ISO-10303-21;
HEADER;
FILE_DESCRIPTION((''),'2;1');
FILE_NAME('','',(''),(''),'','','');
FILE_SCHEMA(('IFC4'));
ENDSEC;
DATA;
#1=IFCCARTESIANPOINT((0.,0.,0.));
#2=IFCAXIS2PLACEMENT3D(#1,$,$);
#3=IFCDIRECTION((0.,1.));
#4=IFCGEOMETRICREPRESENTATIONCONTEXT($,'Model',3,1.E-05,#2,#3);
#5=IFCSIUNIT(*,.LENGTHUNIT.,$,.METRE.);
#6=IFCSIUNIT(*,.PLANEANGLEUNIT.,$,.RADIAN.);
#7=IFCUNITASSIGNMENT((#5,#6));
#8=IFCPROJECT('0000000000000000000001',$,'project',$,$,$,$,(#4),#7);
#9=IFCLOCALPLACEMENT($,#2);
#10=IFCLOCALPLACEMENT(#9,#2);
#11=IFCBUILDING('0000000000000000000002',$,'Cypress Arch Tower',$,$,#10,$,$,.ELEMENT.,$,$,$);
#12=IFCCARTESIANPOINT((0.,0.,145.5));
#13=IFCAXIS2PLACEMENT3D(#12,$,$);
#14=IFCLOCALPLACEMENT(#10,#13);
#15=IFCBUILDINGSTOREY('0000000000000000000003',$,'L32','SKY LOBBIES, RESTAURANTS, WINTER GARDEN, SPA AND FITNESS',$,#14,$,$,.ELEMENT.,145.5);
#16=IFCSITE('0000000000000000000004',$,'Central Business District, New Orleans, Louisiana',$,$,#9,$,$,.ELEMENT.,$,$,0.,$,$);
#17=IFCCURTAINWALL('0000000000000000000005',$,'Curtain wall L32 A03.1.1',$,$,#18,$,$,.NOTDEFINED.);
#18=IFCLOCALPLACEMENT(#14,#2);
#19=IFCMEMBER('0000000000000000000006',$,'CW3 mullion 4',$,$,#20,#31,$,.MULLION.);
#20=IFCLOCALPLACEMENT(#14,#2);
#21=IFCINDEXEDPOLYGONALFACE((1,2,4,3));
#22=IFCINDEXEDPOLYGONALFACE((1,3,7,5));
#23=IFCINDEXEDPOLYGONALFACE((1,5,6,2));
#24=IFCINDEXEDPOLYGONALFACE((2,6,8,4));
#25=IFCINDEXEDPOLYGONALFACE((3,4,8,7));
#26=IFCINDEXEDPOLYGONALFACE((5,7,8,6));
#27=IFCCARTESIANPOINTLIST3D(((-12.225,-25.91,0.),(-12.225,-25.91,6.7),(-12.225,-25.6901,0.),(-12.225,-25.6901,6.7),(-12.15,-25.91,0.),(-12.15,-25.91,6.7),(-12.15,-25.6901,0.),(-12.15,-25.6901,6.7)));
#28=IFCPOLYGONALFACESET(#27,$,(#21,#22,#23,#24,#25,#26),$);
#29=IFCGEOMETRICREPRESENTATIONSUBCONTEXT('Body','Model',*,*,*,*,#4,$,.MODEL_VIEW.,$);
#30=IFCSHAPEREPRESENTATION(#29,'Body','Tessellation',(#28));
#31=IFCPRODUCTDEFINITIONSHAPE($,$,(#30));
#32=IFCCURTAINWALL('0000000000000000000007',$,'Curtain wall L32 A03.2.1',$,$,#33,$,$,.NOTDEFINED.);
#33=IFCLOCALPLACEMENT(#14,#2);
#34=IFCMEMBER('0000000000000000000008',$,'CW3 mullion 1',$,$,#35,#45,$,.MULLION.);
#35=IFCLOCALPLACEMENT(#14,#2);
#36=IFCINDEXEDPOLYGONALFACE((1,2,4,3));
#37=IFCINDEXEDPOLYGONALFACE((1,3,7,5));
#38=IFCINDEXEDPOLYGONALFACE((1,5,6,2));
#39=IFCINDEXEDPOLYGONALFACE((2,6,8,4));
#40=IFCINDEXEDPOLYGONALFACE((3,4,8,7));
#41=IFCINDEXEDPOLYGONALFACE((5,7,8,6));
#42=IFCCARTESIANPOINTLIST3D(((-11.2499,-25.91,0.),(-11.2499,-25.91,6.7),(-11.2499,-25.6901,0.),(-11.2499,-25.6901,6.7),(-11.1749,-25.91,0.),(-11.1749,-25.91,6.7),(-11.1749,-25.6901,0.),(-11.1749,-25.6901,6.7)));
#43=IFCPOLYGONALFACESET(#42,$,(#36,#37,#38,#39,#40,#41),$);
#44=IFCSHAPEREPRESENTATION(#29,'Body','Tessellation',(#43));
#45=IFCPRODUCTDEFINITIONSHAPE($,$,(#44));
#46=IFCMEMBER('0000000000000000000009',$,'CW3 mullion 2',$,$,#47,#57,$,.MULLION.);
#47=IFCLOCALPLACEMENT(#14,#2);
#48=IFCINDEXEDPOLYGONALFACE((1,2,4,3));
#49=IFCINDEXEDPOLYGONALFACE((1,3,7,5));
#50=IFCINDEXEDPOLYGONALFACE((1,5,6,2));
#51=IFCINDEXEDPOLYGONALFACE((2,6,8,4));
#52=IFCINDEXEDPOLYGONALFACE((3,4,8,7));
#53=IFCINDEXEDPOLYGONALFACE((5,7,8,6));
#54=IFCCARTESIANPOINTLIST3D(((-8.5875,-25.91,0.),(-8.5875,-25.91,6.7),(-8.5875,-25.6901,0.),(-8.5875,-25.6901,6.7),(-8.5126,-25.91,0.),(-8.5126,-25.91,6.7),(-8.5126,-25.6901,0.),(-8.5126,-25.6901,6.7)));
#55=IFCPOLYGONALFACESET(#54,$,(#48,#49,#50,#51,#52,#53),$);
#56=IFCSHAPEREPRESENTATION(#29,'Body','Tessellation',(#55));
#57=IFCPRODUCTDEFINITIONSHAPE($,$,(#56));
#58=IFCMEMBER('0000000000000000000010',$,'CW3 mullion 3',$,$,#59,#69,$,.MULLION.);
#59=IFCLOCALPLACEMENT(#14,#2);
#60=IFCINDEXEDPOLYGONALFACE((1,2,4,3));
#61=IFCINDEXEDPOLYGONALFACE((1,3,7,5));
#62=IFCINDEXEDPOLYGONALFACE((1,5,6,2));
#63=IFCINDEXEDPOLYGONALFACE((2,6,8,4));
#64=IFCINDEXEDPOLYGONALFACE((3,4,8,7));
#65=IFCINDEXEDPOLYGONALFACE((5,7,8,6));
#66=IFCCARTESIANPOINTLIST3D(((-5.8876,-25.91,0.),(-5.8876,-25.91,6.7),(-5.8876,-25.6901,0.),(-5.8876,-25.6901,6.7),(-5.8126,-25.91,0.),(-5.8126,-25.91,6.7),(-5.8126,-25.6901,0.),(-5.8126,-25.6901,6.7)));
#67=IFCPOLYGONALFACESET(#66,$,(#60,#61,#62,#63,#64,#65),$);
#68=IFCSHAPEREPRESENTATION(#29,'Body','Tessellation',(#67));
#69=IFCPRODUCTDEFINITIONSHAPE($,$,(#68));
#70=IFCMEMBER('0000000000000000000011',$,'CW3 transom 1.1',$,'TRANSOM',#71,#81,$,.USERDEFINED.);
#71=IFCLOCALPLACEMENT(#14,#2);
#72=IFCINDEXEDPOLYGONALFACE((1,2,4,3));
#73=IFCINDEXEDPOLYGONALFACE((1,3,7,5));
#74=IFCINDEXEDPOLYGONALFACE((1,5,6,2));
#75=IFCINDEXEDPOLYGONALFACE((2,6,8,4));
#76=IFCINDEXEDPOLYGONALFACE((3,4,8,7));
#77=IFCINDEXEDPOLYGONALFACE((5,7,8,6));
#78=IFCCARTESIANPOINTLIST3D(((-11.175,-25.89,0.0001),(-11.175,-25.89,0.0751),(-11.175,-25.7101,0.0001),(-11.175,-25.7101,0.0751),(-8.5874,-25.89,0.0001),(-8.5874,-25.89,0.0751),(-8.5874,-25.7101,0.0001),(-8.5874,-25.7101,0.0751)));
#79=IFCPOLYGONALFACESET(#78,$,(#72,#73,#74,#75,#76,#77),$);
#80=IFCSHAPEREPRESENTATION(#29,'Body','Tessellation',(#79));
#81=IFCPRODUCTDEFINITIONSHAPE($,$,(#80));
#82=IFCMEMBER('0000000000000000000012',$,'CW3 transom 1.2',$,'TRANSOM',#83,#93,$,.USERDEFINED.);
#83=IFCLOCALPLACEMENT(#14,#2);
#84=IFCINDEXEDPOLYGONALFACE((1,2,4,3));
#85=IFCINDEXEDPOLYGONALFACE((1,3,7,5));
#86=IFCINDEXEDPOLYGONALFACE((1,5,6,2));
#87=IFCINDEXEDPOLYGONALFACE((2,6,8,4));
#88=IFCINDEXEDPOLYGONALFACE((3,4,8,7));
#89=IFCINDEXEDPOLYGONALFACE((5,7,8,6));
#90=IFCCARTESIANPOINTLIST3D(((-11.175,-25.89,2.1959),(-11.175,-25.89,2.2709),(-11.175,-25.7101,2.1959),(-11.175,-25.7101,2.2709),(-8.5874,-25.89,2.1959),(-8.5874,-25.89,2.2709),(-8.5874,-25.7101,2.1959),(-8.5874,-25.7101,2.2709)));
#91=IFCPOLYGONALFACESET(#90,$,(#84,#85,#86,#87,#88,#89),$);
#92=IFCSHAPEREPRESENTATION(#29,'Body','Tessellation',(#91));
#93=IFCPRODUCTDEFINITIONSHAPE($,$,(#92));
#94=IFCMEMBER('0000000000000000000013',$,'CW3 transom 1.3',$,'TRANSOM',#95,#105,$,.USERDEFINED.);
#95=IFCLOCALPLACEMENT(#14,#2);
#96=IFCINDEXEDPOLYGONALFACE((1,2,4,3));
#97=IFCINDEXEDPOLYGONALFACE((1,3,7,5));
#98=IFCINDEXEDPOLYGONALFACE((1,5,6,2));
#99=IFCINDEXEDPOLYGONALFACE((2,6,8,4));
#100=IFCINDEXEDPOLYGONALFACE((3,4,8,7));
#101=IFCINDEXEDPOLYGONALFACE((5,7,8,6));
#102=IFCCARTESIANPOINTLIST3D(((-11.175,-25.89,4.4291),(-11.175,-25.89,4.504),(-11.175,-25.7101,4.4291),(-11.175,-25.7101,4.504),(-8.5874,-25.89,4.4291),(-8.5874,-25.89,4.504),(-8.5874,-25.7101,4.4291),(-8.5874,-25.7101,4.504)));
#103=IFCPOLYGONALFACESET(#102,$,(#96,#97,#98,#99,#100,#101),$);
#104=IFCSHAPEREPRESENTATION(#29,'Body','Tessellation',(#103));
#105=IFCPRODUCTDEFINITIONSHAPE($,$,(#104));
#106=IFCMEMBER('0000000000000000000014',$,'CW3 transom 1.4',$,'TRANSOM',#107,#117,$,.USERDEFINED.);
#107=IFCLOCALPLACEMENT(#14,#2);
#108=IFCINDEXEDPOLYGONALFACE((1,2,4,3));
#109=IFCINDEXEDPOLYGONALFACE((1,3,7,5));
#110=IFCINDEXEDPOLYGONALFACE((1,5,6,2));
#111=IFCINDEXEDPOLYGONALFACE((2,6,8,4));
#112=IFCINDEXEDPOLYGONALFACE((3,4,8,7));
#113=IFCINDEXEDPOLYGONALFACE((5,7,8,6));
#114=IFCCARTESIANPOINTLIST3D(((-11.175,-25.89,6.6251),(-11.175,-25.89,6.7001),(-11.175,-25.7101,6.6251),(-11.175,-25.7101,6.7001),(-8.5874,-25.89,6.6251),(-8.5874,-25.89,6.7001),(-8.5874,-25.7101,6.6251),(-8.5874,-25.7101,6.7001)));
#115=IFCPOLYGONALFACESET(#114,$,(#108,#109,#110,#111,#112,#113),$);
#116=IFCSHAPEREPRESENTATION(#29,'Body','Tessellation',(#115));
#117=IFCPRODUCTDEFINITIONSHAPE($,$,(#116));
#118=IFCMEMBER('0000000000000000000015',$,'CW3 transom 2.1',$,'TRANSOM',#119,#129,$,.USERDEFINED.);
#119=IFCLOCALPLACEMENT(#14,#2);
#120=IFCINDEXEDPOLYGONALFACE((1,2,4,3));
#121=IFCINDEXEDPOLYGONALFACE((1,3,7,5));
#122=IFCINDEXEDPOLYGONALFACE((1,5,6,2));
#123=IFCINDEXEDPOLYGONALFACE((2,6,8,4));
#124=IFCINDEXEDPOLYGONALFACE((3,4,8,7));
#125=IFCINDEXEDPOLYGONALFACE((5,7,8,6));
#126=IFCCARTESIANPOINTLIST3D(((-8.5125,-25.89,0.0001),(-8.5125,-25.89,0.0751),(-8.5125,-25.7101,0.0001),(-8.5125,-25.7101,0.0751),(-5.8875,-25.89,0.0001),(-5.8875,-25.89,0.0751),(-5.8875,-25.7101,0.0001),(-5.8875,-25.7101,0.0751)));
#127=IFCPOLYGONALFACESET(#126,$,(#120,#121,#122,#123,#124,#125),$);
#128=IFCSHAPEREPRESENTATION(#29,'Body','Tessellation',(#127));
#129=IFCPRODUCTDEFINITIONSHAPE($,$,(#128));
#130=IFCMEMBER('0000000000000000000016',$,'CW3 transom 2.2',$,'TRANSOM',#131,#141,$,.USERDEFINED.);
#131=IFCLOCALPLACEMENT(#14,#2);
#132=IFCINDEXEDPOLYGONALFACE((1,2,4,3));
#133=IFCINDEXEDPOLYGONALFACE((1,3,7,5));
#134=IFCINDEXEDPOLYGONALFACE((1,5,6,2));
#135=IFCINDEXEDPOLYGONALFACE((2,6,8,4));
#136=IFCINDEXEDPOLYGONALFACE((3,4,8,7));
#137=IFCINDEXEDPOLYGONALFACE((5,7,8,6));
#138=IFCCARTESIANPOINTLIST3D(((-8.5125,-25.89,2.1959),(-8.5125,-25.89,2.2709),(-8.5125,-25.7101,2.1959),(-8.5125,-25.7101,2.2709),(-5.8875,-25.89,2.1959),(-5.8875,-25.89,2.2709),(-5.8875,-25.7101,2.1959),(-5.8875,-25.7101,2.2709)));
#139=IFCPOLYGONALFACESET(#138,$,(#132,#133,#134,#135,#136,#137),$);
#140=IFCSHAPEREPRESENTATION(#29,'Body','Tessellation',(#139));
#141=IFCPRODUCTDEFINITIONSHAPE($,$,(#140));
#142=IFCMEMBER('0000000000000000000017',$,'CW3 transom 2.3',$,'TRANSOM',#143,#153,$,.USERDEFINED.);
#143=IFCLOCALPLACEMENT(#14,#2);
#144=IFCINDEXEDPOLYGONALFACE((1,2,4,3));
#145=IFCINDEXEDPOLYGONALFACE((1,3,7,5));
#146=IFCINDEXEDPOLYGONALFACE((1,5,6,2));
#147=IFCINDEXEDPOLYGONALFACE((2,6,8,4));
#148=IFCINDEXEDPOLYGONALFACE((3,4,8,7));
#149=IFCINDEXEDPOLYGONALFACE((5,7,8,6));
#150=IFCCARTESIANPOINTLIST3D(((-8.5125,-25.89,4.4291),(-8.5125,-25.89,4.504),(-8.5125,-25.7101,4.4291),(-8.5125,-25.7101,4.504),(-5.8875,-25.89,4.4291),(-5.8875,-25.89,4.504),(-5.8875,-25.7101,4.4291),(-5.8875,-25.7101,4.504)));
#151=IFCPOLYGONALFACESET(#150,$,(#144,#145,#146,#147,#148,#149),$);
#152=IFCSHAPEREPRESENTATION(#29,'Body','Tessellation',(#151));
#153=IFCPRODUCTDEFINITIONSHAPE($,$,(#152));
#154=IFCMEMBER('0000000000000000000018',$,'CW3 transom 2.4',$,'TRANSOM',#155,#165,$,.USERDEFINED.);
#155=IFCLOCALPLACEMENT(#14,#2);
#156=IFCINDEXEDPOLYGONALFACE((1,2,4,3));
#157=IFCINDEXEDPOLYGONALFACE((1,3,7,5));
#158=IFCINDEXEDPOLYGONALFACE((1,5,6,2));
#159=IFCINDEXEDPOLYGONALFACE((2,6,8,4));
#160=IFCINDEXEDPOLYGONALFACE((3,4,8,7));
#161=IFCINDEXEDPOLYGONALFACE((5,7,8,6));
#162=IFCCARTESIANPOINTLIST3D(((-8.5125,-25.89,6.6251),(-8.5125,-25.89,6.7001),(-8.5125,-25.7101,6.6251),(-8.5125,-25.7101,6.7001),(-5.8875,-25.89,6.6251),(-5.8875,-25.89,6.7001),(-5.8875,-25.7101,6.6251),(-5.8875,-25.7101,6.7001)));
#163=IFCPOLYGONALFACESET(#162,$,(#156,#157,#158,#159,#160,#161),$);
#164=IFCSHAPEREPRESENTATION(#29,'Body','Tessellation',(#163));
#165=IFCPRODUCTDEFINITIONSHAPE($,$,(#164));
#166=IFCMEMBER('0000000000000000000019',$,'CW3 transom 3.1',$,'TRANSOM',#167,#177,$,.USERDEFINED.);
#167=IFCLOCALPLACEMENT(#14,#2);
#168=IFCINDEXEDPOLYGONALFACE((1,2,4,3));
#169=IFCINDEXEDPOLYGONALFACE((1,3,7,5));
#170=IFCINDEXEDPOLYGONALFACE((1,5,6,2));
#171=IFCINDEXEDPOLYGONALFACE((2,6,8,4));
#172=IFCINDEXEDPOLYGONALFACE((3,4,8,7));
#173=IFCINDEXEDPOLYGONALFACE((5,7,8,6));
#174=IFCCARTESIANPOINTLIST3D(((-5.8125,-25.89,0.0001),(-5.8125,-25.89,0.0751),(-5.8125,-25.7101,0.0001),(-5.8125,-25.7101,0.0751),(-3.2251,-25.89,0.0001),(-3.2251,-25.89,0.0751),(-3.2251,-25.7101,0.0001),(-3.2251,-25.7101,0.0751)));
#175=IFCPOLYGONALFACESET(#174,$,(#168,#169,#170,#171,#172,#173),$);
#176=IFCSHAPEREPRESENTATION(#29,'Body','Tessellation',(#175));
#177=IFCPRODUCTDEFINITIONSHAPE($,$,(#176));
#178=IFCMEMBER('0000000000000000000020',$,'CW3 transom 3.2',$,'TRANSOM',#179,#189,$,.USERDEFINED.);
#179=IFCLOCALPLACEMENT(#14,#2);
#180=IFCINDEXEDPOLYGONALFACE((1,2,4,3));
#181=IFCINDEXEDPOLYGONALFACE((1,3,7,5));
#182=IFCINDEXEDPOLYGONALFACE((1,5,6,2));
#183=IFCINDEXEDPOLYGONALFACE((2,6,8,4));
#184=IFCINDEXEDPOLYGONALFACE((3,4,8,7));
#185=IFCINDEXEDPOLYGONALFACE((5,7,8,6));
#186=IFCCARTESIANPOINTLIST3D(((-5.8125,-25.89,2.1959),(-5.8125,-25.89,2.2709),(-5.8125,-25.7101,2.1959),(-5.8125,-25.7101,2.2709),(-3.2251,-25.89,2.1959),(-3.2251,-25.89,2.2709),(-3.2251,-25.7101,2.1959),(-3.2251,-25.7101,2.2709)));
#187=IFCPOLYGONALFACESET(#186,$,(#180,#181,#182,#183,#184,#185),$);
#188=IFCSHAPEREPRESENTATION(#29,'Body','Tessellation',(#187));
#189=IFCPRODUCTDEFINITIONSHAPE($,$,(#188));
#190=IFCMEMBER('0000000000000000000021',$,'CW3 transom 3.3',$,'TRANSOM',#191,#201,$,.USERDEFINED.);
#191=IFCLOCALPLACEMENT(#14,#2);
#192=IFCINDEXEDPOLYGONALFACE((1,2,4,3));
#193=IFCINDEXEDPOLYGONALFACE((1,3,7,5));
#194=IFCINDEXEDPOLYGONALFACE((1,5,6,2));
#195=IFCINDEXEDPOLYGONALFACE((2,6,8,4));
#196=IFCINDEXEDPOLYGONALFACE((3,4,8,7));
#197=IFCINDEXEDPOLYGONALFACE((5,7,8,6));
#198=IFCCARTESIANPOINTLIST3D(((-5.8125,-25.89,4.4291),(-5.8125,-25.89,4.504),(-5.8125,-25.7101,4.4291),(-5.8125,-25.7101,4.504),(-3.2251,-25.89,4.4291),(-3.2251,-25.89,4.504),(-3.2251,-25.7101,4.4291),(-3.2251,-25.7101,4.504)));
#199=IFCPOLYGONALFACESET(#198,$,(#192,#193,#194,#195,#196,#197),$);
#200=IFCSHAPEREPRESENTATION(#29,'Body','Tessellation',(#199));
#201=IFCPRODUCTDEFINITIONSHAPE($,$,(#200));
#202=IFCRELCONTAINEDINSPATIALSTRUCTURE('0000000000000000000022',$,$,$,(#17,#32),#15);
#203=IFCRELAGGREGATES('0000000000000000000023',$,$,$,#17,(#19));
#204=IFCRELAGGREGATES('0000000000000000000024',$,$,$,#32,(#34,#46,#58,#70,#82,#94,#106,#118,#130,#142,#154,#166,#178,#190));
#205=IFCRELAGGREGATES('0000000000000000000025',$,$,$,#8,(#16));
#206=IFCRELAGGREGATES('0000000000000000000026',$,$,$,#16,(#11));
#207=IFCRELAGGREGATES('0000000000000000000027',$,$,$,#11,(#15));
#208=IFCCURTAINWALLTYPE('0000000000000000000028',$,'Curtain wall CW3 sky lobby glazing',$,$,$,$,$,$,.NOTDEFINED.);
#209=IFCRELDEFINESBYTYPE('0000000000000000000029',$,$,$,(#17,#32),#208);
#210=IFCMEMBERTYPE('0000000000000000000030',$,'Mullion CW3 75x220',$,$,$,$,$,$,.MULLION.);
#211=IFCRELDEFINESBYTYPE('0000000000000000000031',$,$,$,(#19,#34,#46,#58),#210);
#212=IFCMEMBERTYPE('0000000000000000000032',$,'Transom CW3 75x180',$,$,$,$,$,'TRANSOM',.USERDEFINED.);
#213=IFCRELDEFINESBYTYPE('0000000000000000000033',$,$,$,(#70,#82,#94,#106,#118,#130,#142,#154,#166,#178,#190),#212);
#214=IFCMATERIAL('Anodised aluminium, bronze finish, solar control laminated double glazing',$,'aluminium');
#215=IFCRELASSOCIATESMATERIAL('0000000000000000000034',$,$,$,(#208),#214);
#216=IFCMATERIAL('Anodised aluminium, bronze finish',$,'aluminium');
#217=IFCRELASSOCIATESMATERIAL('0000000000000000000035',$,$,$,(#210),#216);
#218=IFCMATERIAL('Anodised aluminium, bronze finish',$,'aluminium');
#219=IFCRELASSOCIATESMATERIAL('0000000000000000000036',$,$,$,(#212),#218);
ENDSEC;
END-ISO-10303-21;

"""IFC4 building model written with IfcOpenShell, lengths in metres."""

from ifc_helpers import new_model, si_unit, direction, frame, origin, origin_2d, place, context, subcontext, project, spatial, rectangle, extrude, material, material_profile, profile_set, type_object, element, aggregate, save


model = new_model("IFC4")

# Units and contexts
model_context = context("Model", 3, precision=1e-05, world=origin(), true_north=direction((0.0, 1.0)))
body_context = subcontext(model_context, "Body", "Model", "MODEL_VIEW")
ifc_project = project(units=[si_unit("LENGTHUNIT", "METRE"), si_unit("PLANEANGLEUNIT", "RADIAN")], contexts=[model_context])

# Site, building, storey
site_placement = place(None, origin())
site = spatial("IfcSite", under=ifc_project, at=site_placement, Name="Central Business District, New Orleans, Louisiana", CompositionType="ELEMENT", RefElevation=0.0)
building_placement = place(site_placement, origin())
building = spatial("IfcBuilding", under=site, at=building_placement, Name="Cypress Arch Tower", CompositionType="ELEMENT")
storey_placement = place(building_placement, frame((0.0, 0.0, 145.5)))
storey = spatial("IfcBuildingStorey", under=building, at=storey_placement, Name="L32", Description="SKY LOBBIES, RESTAURANTS, WINTER GARDEN, SPA AND FITNESS", CompositionType="ELEMENT", Elevation=145.5)

# Curtain wall, member
ifc_material_1 = material(Name="Anodised aluminium, bronze finish, solar control laminated double glazing", Category="aluminium")
curtain_wall_type = type_object("IfcCurtainWallType", Name="Curtain wall CW3 sky lobby glazing", PredefinedType="NOTDEFINED", material=ifc_material_1)
curtain_wall_1_placement = place(storey_placement, origin())
curtain_wall_1 = element("IfcCurtainWall", 1, at=curtain_wall_1_placement, inside=storey, type_object=curtain_wall_type, Name="Curtain wall L32 A03.1.1", PredefinedType="NOTDEFINED")
ifc_material_2 = material(Name="Anodised aluminium, bronze finish", Category="aluminium")
ifc_material_profile_1 = material_profile(ifc_material_2, rectangle(XDim=0.22, YDim=0.075, at=origin_2d()), Name="Mullion 75x220")
ifc_profile_set_1 = profile_set([ifc_material_profile_1], Name="Anodised aluminium, bronze finish")
member_type_1 = type_object("IfcMemberType", Name="Mullion CW3 75x220", PredefinedType="MULLION", material=ifc_profile_set_1)
member_1_placement = place(storey_placement, frame((-12.1875, -25.8, 0.0), z_axis=(0.0, 0.0, 1.0), x_axis=(0.0, 1.0, 0.0)))
member_1 = element("IfcMember", 2, at=member_1_placement, type_object=member_type_1, Name="CW3 mullion 4", PredefinedType="MULLION", context=body_context, shape_type="SweptSolid", body=[
    extrude(rectangle(XDim=0.22, YDim=0.075, at=origin_2d()), origin(), (0.0, 0.0, 1.0), 6.7),
])
aggregate(curtain_wall_1, [member_1])

# Curtain wall, members
curtain_wall_2_placement = place(storey_placement, origin())
curtain_wall_2 = element("IfcCurtainWall", 3, at=curtain_wall_2_placement, inside=storey, type_object=curtain_wall_type, Name="Curtain wall L32 A03.2.1", PredefinedType="NOTDEFINED")
member_2_placement = place(storey_placement, frame((-11.2124, -25.8, 0.0), z_axis=(0.0, 0.0, 1.0), x_axis=(0.0, 1.0, 0.0)))
member_2 = element("IfcMember", 4, at=member_2_placement, type_object=member_type_1, Name="CW3 mullion 1", PredefinedType="MULLION", context=body_context, shape_type="SweptSolid", body=[
    extrude(rectangle(XDim=0.22, YDim=0.075, at=origin_2d()), origin(), (0.0, 0.0, 1.0), 6.7),
])
member_3_placement = place(storey_placement, frame((-8.55, -25.8, 0.0), z_axis=(0.0, 0.0, 1.0), x_axis=(0.0, 1.0, 0.0)))
member_3 = element("IfcMember", 5, at=member_3_placement, type_object=member_type_1, Name="CW3 mullion 2", PredefinedType="MULLION", context=body_context, shape_type="SweptSolid", body=[
    extrude(rectangle(XDim=0.22, YDim=0.075, at=origin_2d()), origin(), (0.0, 0.0, 1.0), 6.7),
])
member_4_placement = place(storey_placement, frame((-5.8501, -25.8, 0.0), z_axis=(0.0, 0.0, 1.0), x_axis=(0.0, 1.0, 0.0)))
member_4 = element("IfcMember", 6, at=member_4_placement, type_object=member_type_1, Name="CW3 mullion 3", PredefinedType="MULLION", context=body_context, shape_type="SweptSolid", body=[
    extrude(rectangle(XDim=0.22, YDim=0.075, at=origin_2d()), origin(), (0.0, 0.0, 1.0), 6.7),
])
ifc_material_3 = material(Name="Anodised aluminium, bronze finish", Category="aluminium")
ifc_material_profile_2 = material_profile(ifc_material_3, rectangle(XDim=0.1799, YDim=0.075, at=origin_2d()), Name="Transom 75x180")
ifc_profile_set_2 = profile_set([ifc_material_profile_2], Name="Anodised aluminium, bronze finish")
member_type_2 = type_object("IfcMemberType", Name="Transom CW3 75x180", ElementType="TRANSOM", PredefinedType="USERDEFINED", material=ifc_profile_set_2)
member_5_placement = place(storey_placement, frame((-11.175, -25.8, 0.0376), z_axis=(1.0, 0.0, 0.0), x_axis=(0.0, 1.0, 0.0)))
member_5 = element("IfcMember", 7, at=member_5_placement, type_object=member_type_2, Name="CW3 transom 1.1", ObjectType="TRANSOM", PredefinedType="USERDEFINED", context=body_context, shape_type="SweptSolid", body=[
    extrude(rectangle(XDim=0.1799, YDim=0.075, at=origin_2d()), origin(), (0.0, 0.0, 1.0), 2.5876),
])
member_6_placement = place(storey_placement, frame((-11.175, -25.8, 2.2334), z_axis=(1.0, 0.0, 0.0), x_axis=(0.0, 1.0, 0.0)))
member_6 = element("IfcMember", 8, at=member_6_placement, type_object=member_type_2, Name="CW3 transom 1.2", ObjectType="TRANSOM", PredefinedType="USERDEFINED", context=body_context, shape_type="SweptSolid", body=[
    extrude(rectangle(XDim=0.1799, YDim=0.075, at=origin_2d()), origin(), (0.0, 0.0, 1.0), 2.5876),
])
member_7_placement = place(storey_placement, frame((-11.175, -25.8, 4.4666), z_axis=(1.0, 0.0, 0.0), x_axis=(0.0, 1.0, 0.0)))
member_7 = element("IfcMember", 9, at=member_7_placement, type_object=member_type_2, Name="CW3 transom 1.3", ObjectType="TRANSOM", PredefinedType="USERDEFINED", context=body_context, shape_type="SweptSolid", body=[
    extrude(rectangle(XDim=0.1799, YDim=0.075, at=origin_2d()), origin(), (0.0, 0.0, 1.0), 2.5876),
])
member_8_placement = place(storey_placement, frame((-11.175, -25.8, 6.6626), z_axis=(1.0, 0.0, 0.0), x_axis=(0.0, 1.0, 0.0)))
member_8 = element("IfcMember", 10, at=member_8_placement, type_object=member_type_2, Name="CW3 transom 1.4", ObjectType="TRANSOM", PredefinedType="USERDEFINED", context=body_context, shape_type="SweptSolid", body=[
    extrude(rectangle(XDim=0.1799, YDim=0.075, at=origin_2d()), origin(), (0.0, 0.0, 1.0), 2.5876),
])
member_9_placement = place(storey_placement, frame((-8.5125, -25.8, 0.0376), z_axis=(1.0, 0.0, 0.0), x_axis=(0.0, 1.0, 0.0)))
member_9 = element("IfcMember", 11, at=member_9_placement, type_object=member_type_2, Name="CW3 transom 2.1", ObjectType="TRANSOM", PredefinedType="USERDEFINED", context=body_context, shape_type="SweptSolid", body=[
    extrude(rectangle(XDim=0.1799, YDim=0.075, at=origin_2d()), origin(), (0.0, 0.0, 1.0), 2.625),
])
member_10_placement = place(storey_placement, frame((-8.5125, -25.8, 2.2334), z_axis=(1.0, 0.0, 0.0), x_axis=(0.0, 1.0, 0.0)))
member_10 = element("IfcMember", 12, at=member_10_placement, type_object=member_type_2, Name="CW3 transom 2.2", ObjectType="TRANSOM", PredefinedType="USERDEFINED", context=body_context, shape_type="SweptSolid", body=[
    extrude(rectangle(XDim=0.1799, YDim=0.075, at=origin_2d()), origin(), (0.0, 0.0, 1.0), 2.625),
])
member_11_placement = place(storey_placement, frame((-8.5125, -25.8, 4.4666), z_axis=(1.0, 0.0, 0.0), x_axis=(0.0, 1.0, 0.0)))
member_11 = element("IfcMember", 13, at=member_11_placement, type_object=member_type_2, Name="CW3 transom 2.3", ObjectType="TRANSOM", PredefinedType="USERDEFINED", context=body_context, shape_type="SweptSolid", body=[
    extrude(rectangle(XDim=0.1799, YDim=0.075, at=origin_2d()), origin(), (0.0, 0.0, 1.0), 2.625),
])
member_12_placement = place(storey_placement, frame((-8.5125, -25.8, 6.6626), z_axis=(1.0, 0.0, 0.0), x_axis=(0.0, 1.0, 0.0)))
member_12 = element("IfcMember", 14, at=member_12_placement, type_object=member_type_2, Name="CW3 transom 2.4", ObjectType="TRANSOM", PredefinedType="USERDEFINED", context=body_context, shape_type="SweptSolid", body=[
    extrude(rectangle(XDim=0.1799, YDim=0.075, at=origin_2d()), origin(), (0.0, 0.0, 1.0), 2.625),
])
member_13_placement = place(storey_placement, frame((-5.8125, -25.8, 0.0376), z_axis=(1.0, 0.0, 0.0), x_axis=(0.0, 1.0, 0.0)))
member_13 = element("IfcMember", 15, at=member_13_placement, type_object=member_type_2, Name="CW3 transom 3.1", ObjectType="TRANSOM", PredefinedType="USERDEFINED", context=body_context, shape_type="SweptSolid", body=[
    extrude(rectangle(XDim=0.1799, YDim=0.075, at=origin_2d()), origin(), (0.0, 0.0, 1.0), 2.5874),
])
member_14_placement = place(storey_placement, frame((-5.8125, -25.8, 2.2334), z_axis=(1.0, 0.0, 0.0), x_axis=(0.0, 1.0, 0.0)))
member_14 = element("IfcMember", 16, at=member_14_placement, type_object=member_type_2, Name="CW3 transom 3.2", ObjectType="TRANSOM", PredefinedType="USERDEFINED", context=body_context, shape_type="SweptSolid", body=[
    extrude(rectangle(XDim=0.1799, YDim=0.075, at=origin_2d()), origin(), (0.0, 0.0, 1.0), 2.5874),
])
member_15_placement = place(storey_placement, frame((-5.8125, -25.8, 4.4666), z_axis=(1.0, 0.0, 0.0), x_axis=(0.0, 1.0, 0.0)))
member_15 = element("IfcMember", 17, at=member_15_placement, type_object=member_type_2, Name="CW3 transom 3.3", ObjectType="TRANSOM", PredefinedType="USERDEFINED", context=body_context, shape_type="SweptSolid", body=[
    extrude(rectangle(XDim=0.1799, YDim=0.075, at=origin_2d()), origin(), (0.0, 0.0, 1.0), 2.5874),
])
aggregate(curtain_wall_2, [member_2, member_3, member_4, member_5, member_6, member_7, member_8, member_9, member_10, member_11, member_12, member_13, member_14, member_15])

save(model, "model.ifc")
